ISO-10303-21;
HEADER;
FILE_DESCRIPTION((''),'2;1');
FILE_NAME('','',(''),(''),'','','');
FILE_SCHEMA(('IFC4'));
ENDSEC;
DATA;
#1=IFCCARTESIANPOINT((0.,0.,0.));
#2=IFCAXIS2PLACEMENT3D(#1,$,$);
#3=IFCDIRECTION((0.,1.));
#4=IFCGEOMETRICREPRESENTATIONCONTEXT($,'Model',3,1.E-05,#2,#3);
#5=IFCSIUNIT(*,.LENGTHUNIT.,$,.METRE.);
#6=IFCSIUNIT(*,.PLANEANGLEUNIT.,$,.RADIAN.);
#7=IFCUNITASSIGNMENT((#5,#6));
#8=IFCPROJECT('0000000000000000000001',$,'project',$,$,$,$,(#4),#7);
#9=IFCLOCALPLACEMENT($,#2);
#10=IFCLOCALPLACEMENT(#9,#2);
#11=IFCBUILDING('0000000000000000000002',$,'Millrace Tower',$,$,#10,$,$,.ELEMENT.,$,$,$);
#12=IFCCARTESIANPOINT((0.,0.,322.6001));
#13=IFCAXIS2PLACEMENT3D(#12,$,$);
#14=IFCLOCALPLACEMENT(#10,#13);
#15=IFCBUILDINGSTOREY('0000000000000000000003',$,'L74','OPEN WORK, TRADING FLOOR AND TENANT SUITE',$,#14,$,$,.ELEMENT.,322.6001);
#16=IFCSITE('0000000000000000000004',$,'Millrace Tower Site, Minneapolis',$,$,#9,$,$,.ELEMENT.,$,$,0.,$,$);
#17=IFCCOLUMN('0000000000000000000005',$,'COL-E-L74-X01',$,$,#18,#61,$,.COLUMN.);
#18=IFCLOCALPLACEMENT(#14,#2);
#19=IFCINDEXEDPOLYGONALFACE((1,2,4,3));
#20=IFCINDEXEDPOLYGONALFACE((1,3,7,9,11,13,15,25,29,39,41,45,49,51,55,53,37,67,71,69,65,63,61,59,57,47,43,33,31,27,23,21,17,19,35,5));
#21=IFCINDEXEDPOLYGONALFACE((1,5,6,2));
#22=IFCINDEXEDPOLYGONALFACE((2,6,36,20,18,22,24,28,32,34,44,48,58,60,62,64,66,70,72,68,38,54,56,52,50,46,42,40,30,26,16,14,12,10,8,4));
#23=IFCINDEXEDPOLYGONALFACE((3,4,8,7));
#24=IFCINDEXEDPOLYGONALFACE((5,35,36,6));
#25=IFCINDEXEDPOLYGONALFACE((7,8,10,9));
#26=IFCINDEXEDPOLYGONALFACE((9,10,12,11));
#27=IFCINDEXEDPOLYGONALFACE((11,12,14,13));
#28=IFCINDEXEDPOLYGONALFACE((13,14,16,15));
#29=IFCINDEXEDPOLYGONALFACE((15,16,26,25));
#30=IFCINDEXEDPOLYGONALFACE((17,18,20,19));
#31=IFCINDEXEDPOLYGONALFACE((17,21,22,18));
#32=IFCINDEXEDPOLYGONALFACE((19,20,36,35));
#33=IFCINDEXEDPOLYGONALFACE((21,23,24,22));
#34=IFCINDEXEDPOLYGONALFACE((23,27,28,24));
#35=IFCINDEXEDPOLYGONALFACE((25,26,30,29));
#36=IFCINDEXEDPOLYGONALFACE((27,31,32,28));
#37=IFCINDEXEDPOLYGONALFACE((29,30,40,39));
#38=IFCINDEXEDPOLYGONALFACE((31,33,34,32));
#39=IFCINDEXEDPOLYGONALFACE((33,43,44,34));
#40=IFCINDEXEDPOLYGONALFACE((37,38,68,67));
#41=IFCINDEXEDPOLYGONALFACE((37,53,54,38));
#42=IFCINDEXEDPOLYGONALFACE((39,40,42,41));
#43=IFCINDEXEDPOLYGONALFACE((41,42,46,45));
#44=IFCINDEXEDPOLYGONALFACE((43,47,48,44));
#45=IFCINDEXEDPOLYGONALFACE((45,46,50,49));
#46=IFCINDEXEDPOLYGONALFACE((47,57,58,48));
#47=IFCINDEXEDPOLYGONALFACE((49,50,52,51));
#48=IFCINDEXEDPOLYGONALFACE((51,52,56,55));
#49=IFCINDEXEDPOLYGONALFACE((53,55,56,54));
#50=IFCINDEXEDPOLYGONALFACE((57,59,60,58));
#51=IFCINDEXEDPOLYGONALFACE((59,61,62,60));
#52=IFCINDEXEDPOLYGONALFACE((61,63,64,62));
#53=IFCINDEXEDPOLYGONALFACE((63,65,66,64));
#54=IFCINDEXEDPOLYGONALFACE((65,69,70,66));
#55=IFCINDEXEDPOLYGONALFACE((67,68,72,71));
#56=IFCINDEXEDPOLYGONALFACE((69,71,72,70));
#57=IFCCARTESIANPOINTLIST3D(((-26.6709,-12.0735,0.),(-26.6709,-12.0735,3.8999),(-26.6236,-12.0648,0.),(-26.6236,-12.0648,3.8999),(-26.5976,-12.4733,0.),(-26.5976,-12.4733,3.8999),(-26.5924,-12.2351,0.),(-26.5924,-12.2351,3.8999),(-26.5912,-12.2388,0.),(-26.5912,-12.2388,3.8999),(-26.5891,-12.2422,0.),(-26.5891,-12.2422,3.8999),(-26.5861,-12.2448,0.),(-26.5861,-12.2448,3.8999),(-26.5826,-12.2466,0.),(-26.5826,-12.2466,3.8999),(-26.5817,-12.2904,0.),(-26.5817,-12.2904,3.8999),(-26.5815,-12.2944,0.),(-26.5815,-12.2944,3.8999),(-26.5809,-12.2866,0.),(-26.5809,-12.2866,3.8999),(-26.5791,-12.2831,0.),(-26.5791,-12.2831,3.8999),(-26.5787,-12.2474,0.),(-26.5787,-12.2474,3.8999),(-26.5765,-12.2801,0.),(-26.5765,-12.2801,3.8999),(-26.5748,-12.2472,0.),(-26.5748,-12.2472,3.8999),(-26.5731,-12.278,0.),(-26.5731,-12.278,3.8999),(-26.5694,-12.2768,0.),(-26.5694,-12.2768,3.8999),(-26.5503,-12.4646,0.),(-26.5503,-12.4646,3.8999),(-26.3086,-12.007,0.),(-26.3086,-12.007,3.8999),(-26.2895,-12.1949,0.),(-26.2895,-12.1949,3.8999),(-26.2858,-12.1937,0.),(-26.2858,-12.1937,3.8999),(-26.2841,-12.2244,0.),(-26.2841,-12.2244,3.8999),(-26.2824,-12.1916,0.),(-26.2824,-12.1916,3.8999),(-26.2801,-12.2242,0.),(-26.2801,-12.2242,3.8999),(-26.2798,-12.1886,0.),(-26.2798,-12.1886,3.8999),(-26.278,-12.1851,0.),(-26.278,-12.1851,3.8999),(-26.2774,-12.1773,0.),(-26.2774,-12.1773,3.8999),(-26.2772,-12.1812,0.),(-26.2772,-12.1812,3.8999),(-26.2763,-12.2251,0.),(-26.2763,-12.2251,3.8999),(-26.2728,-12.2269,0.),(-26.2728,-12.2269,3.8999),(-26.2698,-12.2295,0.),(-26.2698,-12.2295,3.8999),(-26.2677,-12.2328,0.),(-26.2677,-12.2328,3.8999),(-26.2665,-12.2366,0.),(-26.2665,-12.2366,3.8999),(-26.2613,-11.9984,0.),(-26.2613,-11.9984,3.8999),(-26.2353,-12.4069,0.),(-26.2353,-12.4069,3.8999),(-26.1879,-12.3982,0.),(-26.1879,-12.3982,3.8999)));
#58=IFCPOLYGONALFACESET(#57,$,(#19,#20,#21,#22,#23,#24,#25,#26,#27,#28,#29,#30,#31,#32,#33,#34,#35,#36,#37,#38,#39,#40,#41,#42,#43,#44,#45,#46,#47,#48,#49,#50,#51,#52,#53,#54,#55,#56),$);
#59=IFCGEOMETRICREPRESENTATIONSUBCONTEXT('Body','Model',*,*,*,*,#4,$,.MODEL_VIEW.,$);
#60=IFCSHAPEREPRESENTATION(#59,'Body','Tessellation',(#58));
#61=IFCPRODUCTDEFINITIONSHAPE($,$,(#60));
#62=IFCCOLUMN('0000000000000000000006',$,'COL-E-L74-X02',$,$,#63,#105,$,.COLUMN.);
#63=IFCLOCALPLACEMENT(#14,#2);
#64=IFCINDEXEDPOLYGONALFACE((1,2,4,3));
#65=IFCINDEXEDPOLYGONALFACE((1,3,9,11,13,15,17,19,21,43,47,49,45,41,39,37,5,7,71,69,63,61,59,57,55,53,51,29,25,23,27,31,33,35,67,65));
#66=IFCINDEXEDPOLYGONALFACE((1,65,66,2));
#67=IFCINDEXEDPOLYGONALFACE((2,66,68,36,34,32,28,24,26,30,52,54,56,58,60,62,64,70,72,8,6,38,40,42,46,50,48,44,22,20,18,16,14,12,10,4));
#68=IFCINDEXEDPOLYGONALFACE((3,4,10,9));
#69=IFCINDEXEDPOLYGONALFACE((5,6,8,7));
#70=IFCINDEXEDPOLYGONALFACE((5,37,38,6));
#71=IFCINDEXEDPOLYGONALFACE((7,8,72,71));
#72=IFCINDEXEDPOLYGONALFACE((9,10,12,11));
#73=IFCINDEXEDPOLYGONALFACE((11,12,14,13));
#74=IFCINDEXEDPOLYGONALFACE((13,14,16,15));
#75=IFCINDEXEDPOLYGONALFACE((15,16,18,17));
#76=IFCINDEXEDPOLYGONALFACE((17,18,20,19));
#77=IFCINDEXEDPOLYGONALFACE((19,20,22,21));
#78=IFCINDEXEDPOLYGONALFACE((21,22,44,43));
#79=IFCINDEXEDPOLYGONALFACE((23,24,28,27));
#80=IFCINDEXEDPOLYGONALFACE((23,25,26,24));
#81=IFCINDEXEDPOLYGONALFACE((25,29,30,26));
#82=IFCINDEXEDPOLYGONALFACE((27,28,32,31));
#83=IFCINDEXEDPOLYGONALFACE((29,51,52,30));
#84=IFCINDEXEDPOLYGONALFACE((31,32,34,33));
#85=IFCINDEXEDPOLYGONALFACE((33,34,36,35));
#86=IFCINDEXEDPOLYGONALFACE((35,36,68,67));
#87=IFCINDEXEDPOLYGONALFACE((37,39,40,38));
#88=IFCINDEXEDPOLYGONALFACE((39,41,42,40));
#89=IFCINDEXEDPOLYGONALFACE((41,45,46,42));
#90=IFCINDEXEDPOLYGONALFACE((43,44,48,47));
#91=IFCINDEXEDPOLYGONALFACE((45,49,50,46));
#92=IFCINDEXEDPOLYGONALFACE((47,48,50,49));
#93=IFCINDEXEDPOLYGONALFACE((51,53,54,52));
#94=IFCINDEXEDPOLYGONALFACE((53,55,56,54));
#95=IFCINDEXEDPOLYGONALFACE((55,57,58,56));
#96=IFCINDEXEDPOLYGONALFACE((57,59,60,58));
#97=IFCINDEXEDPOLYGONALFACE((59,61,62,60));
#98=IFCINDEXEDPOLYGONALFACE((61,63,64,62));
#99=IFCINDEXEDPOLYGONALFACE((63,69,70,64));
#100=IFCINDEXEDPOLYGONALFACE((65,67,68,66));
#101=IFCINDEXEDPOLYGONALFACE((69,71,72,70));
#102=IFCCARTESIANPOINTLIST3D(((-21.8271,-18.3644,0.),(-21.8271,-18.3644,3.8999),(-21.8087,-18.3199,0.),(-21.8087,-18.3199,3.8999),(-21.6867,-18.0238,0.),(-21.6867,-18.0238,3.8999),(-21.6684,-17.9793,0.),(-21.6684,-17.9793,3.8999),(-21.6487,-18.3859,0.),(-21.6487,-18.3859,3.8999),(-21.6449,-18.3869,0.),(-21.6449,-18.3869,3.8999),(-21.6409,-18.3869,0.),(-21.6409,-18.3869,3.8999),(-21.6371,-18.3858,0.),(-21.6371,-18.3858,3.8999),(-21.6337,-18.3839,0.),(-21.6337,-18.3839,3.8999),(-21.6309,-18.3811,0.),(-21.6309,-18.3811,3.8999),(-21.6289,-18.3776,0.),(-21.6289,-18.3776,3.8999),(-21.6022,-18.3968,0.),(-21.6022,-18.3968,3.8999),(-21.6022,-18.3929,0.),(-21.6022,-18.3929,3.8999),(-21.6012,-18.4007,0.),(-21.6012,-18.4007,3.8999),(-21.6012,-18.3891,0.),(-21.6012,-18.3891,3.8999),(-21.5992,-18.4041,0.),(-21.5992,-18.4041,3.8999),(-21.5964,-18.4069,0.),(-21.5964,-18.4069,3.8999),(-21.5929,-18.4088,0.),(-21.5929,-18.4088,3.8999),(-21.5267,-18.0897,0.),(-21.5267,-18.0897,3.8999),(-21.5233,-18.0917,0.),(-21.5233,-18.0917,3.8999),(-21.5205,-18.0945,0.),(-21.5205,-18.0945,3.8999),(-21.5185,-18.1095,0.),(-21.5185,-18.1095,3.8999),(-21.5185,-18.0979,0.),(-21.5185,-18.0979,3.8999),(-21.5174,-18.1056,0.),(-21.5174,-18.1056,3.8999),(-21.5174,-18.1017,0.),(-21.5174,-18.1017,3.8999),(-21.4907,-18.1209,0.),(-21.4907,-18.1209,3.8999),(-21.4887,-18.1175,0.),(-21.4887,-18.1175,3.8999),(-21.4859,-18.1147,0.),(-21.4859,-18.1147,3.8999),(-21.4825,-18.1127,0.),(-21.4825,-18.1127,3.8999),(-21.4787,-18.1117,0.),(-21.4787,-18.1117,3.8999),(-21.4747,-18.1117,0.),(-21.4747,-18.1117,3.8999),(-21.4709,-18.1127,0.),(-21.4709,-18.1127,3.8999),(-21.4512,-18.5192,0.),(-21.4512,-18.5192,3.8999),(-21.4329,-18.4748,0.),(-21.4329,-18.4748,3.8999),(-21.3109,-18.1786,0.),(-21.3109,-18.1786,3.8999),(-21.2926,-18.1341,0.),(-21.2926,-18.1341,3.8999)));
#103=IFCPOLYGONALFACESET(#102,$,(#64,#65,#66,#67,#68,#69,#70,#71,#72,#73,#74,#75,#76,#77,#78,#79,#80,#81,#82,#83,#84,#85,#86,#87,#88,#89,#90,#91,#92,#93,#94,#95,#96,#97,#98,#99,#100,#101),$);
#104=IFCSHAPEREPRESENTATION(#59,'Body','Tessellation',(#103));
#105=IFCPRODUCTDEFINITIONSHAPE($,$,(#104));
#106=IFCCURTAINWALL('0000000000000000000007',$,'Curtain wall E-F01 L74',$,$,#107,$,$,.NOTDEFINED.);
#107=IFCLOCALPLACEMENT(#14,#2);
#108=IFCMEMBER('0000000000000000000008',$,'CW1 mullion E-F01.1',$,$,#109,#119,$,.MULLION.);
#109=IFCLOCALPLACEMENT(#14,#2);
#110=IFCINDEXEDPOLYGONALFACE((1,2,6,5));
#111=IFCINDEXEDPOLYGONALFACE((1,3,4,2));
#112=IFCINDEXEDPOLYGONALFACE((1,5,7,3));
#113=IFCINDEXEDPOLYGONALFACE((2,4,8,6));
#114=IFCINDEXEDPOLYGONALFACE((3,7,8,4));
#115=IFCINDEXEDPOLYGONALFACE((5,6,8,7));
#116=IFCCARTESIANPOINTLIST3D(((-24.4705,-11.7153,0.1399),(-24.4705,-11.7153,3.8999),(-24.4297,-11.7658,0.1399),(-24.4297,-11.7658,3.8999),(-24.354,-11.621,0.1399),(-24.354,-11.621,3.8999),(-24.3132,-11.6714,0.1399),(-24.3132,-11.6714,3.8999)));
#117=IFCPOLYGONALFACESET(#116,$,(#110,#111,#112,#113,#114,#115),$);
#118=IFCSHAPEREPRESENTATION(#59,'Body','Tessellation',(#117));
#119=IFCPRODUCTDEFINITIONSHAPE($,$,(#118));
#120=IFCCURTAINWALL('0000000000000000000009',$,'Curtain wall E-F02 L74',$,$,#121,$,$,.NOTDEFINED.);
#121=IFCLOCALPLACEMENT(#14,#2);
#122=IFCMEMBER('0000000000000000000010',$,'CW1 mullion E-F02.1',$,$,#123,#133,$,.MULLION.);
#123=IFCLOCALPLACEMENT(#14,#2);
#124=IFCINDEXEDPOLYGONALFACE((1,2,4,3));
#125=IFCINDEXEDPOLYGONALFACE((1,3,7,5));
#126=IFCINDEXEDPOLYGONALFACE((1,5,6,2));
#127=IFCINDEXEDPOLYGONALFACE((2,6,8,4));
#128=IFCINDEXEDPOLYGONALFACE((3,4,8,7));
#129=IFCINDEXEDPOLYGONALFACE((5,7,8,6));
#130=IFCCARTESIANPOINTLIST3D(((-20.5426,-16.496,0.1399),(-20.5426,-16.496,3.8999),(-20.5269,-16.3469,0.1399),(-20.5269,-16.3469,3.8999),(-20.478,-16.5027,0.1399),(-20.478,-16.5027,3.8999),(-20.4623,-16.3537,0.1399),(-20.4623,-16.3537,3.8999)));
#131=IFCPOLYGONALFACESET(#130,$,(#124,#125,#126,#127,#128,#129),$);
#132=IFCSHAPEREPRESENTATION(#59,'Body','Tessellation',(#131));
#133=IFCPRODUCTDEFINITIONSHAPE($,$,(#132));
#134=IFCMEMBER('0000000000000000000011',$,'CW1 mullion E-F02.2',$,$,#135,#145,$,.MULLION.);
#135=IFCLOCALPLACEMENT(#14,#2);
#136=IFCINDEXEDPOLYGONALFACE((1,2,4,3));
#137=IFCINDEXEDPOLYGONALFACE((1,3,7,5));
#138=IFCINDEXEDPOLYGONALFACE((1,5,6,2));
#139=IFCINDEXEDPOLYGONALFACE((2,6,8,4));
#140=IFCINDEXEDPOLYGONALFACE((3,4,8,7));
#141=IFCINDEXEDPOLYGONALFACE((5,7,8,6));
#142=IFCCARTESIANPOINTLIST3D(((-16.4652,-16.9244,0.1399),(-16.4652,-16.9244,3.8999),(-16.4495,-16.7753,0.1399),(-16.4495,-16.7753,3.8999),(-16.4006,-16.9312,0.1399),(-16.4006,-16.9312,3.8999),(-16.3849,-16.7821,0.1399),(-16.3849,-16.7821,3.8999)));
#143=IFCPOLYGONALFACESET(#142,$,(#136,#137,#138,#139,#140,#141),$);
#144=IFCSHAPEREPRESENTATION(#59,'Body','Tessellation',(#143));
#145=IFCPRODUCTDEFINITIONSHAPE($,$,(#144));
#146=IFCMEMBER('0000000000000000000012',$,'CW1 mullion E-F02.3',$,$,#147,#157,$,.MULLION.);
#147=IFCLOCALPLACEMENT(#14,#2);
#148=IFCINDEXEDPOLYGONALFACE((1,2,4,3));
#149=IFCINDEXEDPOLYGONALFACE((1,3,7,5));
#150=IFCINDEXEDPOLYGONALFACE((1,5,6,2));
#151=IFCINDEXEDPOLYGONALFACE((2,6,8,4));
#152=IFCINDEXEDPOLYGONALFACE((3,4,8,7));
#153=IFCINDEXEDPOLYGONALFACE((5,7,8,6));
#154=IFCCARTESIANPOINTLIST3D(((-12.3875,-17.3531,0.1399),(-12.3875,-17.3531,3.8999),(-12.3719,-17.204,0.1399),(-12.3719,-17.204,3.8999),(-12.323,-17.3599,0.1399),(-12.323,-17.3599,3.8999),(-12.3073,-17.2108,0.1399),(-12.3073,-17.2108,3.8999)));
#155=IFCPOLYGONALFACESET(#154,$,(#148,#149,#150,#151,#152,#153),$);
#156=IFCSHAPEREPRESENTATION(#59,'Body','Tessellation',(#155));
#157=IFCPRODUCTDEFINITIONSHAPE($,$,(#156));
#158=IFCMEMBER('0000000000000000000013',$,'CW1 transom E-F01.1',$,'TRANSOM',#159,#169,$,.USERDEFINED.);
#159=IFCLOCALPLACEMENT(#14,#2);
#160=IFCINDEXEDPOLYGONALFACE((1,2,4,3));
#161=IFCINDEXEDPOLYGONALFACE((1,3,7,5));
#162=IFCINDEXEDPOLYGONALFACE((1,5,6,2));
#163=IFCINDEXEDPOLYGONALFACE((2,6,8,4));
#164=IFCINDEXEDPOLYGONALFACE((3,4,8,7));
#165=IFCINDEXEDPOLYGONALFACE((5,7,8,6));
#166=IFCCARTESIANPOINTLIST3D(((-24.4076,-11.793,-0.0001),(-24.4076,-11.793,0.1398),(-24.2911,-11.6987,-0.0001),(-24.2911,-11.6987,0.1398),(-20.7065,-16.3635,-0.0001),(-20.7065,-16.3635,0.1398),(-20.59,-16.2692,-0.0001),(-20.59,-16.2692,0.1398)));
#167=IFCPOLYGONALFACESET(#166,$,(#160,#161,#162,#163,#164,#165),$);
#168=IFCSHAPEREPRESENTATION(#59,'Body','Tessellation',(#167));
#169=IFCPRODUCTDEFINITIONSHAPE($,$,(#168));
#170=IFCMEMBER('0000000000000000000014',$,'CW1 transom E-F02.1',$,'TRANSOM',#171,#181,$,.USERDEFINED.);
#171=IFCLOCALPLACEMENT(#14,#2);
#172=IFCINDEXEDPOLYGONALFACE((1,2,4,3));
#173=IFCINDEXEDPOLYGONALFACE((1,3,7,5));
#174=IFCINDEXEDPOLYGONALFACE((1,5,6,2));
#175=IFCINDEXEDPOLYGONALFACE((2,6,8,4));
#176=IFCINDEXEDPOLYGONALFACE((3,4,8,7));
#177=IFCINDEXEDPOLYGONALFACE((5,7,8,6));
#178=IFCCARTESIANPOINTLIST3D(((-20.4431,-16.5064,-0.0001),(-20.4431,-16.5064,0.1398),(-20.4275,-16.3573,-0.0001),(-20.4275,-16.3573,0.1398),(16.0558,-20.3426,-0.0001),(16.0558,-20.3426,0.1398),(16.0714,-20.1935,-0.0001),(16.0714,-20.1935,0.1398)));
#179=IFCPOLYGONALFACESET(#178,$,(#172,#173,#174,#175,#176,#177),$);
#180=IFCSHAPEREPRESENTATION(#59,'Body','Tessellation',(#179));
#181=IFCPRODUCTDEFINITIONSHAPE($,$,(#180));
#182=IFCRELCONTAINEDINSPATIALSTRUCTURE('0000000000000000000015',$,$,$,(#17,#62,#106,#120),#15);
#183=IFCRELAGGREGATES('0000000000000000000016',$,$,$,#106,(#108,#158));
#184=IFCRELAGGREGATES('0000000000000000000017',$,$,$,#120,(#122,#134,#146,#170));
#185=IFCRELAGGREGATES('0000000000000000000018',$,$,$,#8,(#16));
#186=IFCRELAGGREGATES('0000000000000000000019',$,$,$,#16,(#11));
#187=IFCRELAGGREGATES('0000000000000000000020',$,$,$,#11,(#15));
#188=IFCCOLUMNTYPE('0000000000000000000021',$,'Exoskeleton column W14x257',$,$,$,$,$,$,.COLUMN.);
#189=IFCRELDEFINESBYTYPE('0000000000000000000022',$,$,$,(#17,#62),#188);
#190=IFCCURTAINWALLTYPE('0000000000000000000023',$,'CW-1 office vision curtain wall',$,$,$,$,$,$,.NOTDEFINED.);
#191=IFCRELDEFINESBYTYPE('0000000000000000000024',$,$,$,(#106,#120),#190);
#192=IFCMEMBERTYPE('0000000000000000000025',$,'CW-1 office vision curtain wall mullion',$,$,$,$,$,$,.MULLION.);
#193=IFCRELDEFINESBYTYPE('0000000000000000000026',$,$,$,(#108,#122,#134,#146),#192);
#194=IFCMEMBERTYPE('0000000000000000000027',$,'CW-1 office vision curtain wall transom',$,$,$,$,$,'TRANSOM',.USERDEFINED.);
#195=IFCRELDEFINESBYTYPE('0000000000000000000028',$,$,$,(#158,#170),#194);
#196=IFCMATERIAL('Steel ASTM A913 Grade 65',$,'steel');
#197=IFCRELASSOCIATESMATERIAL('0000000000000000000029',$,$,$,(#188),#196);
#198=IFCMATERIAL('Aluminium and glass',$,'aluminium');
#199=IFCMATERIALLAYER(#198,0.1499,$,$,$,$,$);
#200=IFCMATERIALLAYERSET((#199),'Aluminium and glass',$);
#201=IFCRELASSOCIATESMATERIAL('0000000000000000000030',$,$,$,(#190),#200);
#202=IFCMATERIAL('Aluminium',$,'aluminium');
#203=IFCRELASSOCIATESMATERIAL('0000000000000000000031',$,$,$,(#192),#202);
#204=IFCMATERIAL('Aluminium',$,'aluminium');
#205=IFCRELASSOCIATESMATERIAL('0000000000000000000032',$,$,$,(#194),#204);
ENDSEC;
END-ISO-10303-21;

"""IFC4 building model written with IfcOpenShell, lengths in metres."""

from ifc_helpers import new_model, si_unit, direction, frame, origin, origin_2d, place, context, subcontext, project, spatial, rectangle, i_section, extrude, material, layer, layer_set, material_profile, profile_set, type_object, element, aggregate, save


model = new_model("IFC4")

# Units and contexts
model_context = context("Model", 3, precision=1e-05, world=origin(), true_north=direction((0.0, 1.0)))
body_context = subcontext(model_context, "Body", "Model", "MODEL_VIEW")
ifc_project = project(units=[si_unit("LENGTHUNIT", "METRE"), si_unit("PLANEANGLEUNIT", "RADIAN")], contexts=[model_context])

# Site, building, storey
site_placement = place(None, origin())
site = spatial("IfcSite", under=ifc_project, at=site_placement, Name="Millrace Tower Site, Minneapolis", CompositionType="ELEMENT", RefElevation=0.0)
building_placement = place(site_placement, origin())
building = spatial("IfcBuilding", under=site, at=building_placement, Name="Millrace Tower", CompositionType="ELEMENT")
storey_placement = place(building_placement, frame((0.0, 0.0, 322.6001)))
storey = spatial("IfcBuildingStorey", under=building, at=storey_placement, Name="L74", Description="OPEN WORK, TRADING FLOOR AND TENANT SUITE", CompositionType="ELEMENT", Elevation=322.6001)

# Columns
ifc_material_1 = material(Name="Steel ASTM A913 Grade 65", Category="steel")
ifc_material_profile_1 = material_profile(ifc_material_1, i_section(OverallWidth=0.4065, OverallDepth=0.4165, WebThickness=0.03, FlangeThickness=0.0481, FilletRadius=0.0151, at=origin_2d()))
ifc_profile_set_1 = profile_set([ifc_material_profile_1], Name="Steel ASTM A913 Grade 65")
column_type = type_object("IfcColumnType", Name="Exoskeleton column W14x257", PredefinedType="COLUMN", material=ifc_profile_set_1)
for number, where, z_axis, x_axis, name in (
    (1, (-26.4294, -12.2358, 0.0), (0.0, 0.0, 1.0), (0.180387, -0.983596, 0.0), "COL-E-L74-X01"),
    (2, (-21.5598, -18.2493, 0.0), (0.0, 0.0, 1.0), (0.924597, -0.380947, 0.0), "COL-E-L74-X02"),
):
    element("IfcColumn", number, at=place(storey_placement, frame(where, z_axis=z_axis, x_axis=x_axis)), inside=storey, type_object=column_type, Name=name, PredefinedType="COLUMN", context=body_context, shape_type="SweptSolid", body=[
        extrude(i_section(OverallWidth=0.4065, OverallDepth=0.4165, WebThickness=0.03, FlangeThickness=0.0481, FilletRadius=0.0151, at=origin_2d()), origin(), (0.0, 0.0, 1.0), 3.8999),
    ])

# Curtain wall, member
ifc_material_2 = material(Name="Aluminium and glass", Category="aluminium")
ifc_layer_1 = layer(ifc_material_2, 0.1499)
ifc_layer_set_1 = layer_set([ifc_layer_1], Name="Aluminium and glass")
curtain_wall_type = type_object("IfcCurtainWallType", Name="CW-1 office vision curtain wall", PredefinedType="NOTDEFINED", material=ifc_layer_set_1)
placement = place(storey_placement, origin())
curtain_wall_1 = element("IfcCurtainWall", 3, at=placement, inside=storey, type_object=curtain_wall_type, Name="Curtain wall E-F01 L74", PredefinedType="NOTDEFINED")
ifc_material_3 = material(Name="Aluminium", Category="aluminium")
ifc_material_profile_2 = material_profile(ifc_material_3, rectangle(XDim=0.0649, YDim=0.1499, at=origin_2d()))
ifc_profile_set_2 = profile_set([ifc_material_profile_2], Name="Aluminium")
member_type_1 = type_object("IfcMemberType", Name="CW-1 office vision curtain wall mullion", PredefinedType="MULLION", material=ifc_profile_set_2)
member_1_placement = place(storey_placement, frame((-24.3918, -11.6934, 0.1399), z_axis=(0.0, 0.0, 1.0), x_axis=(0.62932, -0.777146, 0.0)))
member_1 = element("IfcMember", 4, at=member_1_placement, type_object=member_type_1, Name="CW1 mullion E-F01.1", PredefinedType="MULLION", context=body_context, shape_type="SweptSolid", body=[
    extrude(rectangle(XDim=0.0649, YDim=0.1499, at=origin_2d()), origin(), (0.0, 0.0, 1.0), 3.76),
])

# Curtain wall, members
curtain_wall_2 = element("IfcCurtainWall", 5, at=placement, inside=storey, type_object=curtain_wall_type, Name="Curtain wall E-F02 L74", PredefinedType="NOTDEFINED")
member_2_placement = place(storey_placement, frame((-20.5024, -16.4248, 0.1399), z_axis=(0.0, 0.0, 1.0), x_axis=(0.994522, -0.104528, 0.0)))
member_2 = element("IfcMember", 6, at=member_2_placement, type_object=member_type_1, Name="CW1 mullion E-F02.1", PredefinedType="MULLION", context=body_context, shape_type="SweptSolid", body=[
    extrude(rectangle(XDim=0.0649, YDim=0.1499, at=origin_2d()), origin(), (0.0, 0.0, 1.0), 3.76),
])
member_3_placement = place(storey_placement, frame((-16.425, -16.8533, 0.1399), z_axis=(0.0, 0.0, 1.0), x_axis=(0.994522, -0.104528, 0.0)))
member_3 = element("IfcMember", 7, at=member_3_placement, type_object=member_type_1, Name="CW1 mullion E-F02.2", PredefinedType="MULLION", context=body_context, shape_type="SweptSolid", body=[
    extrude(rectangle(XDim=0.0649, YDim=0.1499, at=origin_2d()), origin(), (0.0, 0.0, 1.0), 3.76),
])
member_4_placement = place(storey_placement, frame((-12.3474, -17.282, 0.1399), z_axis=(0.0, 0.0, 1.0), x_axis=(0.994522, -0.104528, 0.0)))
member_4 = element("IfcMember", 8, at=member_4_placement, type_object=member_type_1, Name="CW1 mullion E-F02.3", PredefinedType="MULLION", context=body_context, shape_type="SweptSolid", body=[
    extrude(rectangle(XDim=0.0649, YDim=0.1499, at=origin_2d()), origin(), (0.0, 0.0, 1.0), 3.76),
])

# Members
ifc_material_4 = material(Name="Aluminium", Category="aluminium")
ifc_material_profile_3 = material_profile(ifc_material_4, rectangle(XDim=0.1499, YDim=0.1399, at=origin_2d()))
ifc_profile_set_3 = profile_set([ifc_material_profile_3], Name="Aluminium")
member_type_2 = type_object("IfcMemberType", Name="CW-1 office vision curtain wall transom", ElementType="TRANSOM", PredefinedType="USERDEFINED", material=ifc_profile_set_3)
member_5_placement = place(storey_placement, frame((-24.3494, -11.7458, 0.0698), z_axis=(0.629321, -0.777145, 0.0), x_axis=(0.777145, 0.629321, 0.0)))
member_5 = element("IfcMember", 9, at=member_5_placement, type_object=member_type_2, Name="CW1 transom E-F01.1", ObjectType="TRANSOM", PredefinedType="USERDEFINED", context=body_context, shape_type="SweptSolid", body=[
    extrude(rectangle(XDim=0.1499, YDim=0.1399, at=origin_2d()), origin(), (0.0, 0.0, 1.0), 5.8811),
])
aggregate(curtain_wall_1, [member_1, member_5])
member_6_placement = place(storey_placement, frame((-20.4353, -16.4319, 0.0698), z_axis=(0.994522, -0.104528, 0.0), x_axis=(0.104528, 0.994522, 0.0)))
member_6 = element("IfcMember", 10, at=member_6_placement, type_object=member_type_2, Name="CW1 transom E-F02.1", ObjectType="TRANSOM", PredefinedType="USERDEFINED", context=body_context, shape_type="SweptSolid", body=[
    extrude(rectangle(XDim=0.1499, YDim=0.1399, at=origin_2d()), origin(), (0.0, 0.0, 1.0), 36.7),
])
aggregate(curtain_wall_2, [member_2, member_3, member_4, member_6])

save(model, "model.ifc")
